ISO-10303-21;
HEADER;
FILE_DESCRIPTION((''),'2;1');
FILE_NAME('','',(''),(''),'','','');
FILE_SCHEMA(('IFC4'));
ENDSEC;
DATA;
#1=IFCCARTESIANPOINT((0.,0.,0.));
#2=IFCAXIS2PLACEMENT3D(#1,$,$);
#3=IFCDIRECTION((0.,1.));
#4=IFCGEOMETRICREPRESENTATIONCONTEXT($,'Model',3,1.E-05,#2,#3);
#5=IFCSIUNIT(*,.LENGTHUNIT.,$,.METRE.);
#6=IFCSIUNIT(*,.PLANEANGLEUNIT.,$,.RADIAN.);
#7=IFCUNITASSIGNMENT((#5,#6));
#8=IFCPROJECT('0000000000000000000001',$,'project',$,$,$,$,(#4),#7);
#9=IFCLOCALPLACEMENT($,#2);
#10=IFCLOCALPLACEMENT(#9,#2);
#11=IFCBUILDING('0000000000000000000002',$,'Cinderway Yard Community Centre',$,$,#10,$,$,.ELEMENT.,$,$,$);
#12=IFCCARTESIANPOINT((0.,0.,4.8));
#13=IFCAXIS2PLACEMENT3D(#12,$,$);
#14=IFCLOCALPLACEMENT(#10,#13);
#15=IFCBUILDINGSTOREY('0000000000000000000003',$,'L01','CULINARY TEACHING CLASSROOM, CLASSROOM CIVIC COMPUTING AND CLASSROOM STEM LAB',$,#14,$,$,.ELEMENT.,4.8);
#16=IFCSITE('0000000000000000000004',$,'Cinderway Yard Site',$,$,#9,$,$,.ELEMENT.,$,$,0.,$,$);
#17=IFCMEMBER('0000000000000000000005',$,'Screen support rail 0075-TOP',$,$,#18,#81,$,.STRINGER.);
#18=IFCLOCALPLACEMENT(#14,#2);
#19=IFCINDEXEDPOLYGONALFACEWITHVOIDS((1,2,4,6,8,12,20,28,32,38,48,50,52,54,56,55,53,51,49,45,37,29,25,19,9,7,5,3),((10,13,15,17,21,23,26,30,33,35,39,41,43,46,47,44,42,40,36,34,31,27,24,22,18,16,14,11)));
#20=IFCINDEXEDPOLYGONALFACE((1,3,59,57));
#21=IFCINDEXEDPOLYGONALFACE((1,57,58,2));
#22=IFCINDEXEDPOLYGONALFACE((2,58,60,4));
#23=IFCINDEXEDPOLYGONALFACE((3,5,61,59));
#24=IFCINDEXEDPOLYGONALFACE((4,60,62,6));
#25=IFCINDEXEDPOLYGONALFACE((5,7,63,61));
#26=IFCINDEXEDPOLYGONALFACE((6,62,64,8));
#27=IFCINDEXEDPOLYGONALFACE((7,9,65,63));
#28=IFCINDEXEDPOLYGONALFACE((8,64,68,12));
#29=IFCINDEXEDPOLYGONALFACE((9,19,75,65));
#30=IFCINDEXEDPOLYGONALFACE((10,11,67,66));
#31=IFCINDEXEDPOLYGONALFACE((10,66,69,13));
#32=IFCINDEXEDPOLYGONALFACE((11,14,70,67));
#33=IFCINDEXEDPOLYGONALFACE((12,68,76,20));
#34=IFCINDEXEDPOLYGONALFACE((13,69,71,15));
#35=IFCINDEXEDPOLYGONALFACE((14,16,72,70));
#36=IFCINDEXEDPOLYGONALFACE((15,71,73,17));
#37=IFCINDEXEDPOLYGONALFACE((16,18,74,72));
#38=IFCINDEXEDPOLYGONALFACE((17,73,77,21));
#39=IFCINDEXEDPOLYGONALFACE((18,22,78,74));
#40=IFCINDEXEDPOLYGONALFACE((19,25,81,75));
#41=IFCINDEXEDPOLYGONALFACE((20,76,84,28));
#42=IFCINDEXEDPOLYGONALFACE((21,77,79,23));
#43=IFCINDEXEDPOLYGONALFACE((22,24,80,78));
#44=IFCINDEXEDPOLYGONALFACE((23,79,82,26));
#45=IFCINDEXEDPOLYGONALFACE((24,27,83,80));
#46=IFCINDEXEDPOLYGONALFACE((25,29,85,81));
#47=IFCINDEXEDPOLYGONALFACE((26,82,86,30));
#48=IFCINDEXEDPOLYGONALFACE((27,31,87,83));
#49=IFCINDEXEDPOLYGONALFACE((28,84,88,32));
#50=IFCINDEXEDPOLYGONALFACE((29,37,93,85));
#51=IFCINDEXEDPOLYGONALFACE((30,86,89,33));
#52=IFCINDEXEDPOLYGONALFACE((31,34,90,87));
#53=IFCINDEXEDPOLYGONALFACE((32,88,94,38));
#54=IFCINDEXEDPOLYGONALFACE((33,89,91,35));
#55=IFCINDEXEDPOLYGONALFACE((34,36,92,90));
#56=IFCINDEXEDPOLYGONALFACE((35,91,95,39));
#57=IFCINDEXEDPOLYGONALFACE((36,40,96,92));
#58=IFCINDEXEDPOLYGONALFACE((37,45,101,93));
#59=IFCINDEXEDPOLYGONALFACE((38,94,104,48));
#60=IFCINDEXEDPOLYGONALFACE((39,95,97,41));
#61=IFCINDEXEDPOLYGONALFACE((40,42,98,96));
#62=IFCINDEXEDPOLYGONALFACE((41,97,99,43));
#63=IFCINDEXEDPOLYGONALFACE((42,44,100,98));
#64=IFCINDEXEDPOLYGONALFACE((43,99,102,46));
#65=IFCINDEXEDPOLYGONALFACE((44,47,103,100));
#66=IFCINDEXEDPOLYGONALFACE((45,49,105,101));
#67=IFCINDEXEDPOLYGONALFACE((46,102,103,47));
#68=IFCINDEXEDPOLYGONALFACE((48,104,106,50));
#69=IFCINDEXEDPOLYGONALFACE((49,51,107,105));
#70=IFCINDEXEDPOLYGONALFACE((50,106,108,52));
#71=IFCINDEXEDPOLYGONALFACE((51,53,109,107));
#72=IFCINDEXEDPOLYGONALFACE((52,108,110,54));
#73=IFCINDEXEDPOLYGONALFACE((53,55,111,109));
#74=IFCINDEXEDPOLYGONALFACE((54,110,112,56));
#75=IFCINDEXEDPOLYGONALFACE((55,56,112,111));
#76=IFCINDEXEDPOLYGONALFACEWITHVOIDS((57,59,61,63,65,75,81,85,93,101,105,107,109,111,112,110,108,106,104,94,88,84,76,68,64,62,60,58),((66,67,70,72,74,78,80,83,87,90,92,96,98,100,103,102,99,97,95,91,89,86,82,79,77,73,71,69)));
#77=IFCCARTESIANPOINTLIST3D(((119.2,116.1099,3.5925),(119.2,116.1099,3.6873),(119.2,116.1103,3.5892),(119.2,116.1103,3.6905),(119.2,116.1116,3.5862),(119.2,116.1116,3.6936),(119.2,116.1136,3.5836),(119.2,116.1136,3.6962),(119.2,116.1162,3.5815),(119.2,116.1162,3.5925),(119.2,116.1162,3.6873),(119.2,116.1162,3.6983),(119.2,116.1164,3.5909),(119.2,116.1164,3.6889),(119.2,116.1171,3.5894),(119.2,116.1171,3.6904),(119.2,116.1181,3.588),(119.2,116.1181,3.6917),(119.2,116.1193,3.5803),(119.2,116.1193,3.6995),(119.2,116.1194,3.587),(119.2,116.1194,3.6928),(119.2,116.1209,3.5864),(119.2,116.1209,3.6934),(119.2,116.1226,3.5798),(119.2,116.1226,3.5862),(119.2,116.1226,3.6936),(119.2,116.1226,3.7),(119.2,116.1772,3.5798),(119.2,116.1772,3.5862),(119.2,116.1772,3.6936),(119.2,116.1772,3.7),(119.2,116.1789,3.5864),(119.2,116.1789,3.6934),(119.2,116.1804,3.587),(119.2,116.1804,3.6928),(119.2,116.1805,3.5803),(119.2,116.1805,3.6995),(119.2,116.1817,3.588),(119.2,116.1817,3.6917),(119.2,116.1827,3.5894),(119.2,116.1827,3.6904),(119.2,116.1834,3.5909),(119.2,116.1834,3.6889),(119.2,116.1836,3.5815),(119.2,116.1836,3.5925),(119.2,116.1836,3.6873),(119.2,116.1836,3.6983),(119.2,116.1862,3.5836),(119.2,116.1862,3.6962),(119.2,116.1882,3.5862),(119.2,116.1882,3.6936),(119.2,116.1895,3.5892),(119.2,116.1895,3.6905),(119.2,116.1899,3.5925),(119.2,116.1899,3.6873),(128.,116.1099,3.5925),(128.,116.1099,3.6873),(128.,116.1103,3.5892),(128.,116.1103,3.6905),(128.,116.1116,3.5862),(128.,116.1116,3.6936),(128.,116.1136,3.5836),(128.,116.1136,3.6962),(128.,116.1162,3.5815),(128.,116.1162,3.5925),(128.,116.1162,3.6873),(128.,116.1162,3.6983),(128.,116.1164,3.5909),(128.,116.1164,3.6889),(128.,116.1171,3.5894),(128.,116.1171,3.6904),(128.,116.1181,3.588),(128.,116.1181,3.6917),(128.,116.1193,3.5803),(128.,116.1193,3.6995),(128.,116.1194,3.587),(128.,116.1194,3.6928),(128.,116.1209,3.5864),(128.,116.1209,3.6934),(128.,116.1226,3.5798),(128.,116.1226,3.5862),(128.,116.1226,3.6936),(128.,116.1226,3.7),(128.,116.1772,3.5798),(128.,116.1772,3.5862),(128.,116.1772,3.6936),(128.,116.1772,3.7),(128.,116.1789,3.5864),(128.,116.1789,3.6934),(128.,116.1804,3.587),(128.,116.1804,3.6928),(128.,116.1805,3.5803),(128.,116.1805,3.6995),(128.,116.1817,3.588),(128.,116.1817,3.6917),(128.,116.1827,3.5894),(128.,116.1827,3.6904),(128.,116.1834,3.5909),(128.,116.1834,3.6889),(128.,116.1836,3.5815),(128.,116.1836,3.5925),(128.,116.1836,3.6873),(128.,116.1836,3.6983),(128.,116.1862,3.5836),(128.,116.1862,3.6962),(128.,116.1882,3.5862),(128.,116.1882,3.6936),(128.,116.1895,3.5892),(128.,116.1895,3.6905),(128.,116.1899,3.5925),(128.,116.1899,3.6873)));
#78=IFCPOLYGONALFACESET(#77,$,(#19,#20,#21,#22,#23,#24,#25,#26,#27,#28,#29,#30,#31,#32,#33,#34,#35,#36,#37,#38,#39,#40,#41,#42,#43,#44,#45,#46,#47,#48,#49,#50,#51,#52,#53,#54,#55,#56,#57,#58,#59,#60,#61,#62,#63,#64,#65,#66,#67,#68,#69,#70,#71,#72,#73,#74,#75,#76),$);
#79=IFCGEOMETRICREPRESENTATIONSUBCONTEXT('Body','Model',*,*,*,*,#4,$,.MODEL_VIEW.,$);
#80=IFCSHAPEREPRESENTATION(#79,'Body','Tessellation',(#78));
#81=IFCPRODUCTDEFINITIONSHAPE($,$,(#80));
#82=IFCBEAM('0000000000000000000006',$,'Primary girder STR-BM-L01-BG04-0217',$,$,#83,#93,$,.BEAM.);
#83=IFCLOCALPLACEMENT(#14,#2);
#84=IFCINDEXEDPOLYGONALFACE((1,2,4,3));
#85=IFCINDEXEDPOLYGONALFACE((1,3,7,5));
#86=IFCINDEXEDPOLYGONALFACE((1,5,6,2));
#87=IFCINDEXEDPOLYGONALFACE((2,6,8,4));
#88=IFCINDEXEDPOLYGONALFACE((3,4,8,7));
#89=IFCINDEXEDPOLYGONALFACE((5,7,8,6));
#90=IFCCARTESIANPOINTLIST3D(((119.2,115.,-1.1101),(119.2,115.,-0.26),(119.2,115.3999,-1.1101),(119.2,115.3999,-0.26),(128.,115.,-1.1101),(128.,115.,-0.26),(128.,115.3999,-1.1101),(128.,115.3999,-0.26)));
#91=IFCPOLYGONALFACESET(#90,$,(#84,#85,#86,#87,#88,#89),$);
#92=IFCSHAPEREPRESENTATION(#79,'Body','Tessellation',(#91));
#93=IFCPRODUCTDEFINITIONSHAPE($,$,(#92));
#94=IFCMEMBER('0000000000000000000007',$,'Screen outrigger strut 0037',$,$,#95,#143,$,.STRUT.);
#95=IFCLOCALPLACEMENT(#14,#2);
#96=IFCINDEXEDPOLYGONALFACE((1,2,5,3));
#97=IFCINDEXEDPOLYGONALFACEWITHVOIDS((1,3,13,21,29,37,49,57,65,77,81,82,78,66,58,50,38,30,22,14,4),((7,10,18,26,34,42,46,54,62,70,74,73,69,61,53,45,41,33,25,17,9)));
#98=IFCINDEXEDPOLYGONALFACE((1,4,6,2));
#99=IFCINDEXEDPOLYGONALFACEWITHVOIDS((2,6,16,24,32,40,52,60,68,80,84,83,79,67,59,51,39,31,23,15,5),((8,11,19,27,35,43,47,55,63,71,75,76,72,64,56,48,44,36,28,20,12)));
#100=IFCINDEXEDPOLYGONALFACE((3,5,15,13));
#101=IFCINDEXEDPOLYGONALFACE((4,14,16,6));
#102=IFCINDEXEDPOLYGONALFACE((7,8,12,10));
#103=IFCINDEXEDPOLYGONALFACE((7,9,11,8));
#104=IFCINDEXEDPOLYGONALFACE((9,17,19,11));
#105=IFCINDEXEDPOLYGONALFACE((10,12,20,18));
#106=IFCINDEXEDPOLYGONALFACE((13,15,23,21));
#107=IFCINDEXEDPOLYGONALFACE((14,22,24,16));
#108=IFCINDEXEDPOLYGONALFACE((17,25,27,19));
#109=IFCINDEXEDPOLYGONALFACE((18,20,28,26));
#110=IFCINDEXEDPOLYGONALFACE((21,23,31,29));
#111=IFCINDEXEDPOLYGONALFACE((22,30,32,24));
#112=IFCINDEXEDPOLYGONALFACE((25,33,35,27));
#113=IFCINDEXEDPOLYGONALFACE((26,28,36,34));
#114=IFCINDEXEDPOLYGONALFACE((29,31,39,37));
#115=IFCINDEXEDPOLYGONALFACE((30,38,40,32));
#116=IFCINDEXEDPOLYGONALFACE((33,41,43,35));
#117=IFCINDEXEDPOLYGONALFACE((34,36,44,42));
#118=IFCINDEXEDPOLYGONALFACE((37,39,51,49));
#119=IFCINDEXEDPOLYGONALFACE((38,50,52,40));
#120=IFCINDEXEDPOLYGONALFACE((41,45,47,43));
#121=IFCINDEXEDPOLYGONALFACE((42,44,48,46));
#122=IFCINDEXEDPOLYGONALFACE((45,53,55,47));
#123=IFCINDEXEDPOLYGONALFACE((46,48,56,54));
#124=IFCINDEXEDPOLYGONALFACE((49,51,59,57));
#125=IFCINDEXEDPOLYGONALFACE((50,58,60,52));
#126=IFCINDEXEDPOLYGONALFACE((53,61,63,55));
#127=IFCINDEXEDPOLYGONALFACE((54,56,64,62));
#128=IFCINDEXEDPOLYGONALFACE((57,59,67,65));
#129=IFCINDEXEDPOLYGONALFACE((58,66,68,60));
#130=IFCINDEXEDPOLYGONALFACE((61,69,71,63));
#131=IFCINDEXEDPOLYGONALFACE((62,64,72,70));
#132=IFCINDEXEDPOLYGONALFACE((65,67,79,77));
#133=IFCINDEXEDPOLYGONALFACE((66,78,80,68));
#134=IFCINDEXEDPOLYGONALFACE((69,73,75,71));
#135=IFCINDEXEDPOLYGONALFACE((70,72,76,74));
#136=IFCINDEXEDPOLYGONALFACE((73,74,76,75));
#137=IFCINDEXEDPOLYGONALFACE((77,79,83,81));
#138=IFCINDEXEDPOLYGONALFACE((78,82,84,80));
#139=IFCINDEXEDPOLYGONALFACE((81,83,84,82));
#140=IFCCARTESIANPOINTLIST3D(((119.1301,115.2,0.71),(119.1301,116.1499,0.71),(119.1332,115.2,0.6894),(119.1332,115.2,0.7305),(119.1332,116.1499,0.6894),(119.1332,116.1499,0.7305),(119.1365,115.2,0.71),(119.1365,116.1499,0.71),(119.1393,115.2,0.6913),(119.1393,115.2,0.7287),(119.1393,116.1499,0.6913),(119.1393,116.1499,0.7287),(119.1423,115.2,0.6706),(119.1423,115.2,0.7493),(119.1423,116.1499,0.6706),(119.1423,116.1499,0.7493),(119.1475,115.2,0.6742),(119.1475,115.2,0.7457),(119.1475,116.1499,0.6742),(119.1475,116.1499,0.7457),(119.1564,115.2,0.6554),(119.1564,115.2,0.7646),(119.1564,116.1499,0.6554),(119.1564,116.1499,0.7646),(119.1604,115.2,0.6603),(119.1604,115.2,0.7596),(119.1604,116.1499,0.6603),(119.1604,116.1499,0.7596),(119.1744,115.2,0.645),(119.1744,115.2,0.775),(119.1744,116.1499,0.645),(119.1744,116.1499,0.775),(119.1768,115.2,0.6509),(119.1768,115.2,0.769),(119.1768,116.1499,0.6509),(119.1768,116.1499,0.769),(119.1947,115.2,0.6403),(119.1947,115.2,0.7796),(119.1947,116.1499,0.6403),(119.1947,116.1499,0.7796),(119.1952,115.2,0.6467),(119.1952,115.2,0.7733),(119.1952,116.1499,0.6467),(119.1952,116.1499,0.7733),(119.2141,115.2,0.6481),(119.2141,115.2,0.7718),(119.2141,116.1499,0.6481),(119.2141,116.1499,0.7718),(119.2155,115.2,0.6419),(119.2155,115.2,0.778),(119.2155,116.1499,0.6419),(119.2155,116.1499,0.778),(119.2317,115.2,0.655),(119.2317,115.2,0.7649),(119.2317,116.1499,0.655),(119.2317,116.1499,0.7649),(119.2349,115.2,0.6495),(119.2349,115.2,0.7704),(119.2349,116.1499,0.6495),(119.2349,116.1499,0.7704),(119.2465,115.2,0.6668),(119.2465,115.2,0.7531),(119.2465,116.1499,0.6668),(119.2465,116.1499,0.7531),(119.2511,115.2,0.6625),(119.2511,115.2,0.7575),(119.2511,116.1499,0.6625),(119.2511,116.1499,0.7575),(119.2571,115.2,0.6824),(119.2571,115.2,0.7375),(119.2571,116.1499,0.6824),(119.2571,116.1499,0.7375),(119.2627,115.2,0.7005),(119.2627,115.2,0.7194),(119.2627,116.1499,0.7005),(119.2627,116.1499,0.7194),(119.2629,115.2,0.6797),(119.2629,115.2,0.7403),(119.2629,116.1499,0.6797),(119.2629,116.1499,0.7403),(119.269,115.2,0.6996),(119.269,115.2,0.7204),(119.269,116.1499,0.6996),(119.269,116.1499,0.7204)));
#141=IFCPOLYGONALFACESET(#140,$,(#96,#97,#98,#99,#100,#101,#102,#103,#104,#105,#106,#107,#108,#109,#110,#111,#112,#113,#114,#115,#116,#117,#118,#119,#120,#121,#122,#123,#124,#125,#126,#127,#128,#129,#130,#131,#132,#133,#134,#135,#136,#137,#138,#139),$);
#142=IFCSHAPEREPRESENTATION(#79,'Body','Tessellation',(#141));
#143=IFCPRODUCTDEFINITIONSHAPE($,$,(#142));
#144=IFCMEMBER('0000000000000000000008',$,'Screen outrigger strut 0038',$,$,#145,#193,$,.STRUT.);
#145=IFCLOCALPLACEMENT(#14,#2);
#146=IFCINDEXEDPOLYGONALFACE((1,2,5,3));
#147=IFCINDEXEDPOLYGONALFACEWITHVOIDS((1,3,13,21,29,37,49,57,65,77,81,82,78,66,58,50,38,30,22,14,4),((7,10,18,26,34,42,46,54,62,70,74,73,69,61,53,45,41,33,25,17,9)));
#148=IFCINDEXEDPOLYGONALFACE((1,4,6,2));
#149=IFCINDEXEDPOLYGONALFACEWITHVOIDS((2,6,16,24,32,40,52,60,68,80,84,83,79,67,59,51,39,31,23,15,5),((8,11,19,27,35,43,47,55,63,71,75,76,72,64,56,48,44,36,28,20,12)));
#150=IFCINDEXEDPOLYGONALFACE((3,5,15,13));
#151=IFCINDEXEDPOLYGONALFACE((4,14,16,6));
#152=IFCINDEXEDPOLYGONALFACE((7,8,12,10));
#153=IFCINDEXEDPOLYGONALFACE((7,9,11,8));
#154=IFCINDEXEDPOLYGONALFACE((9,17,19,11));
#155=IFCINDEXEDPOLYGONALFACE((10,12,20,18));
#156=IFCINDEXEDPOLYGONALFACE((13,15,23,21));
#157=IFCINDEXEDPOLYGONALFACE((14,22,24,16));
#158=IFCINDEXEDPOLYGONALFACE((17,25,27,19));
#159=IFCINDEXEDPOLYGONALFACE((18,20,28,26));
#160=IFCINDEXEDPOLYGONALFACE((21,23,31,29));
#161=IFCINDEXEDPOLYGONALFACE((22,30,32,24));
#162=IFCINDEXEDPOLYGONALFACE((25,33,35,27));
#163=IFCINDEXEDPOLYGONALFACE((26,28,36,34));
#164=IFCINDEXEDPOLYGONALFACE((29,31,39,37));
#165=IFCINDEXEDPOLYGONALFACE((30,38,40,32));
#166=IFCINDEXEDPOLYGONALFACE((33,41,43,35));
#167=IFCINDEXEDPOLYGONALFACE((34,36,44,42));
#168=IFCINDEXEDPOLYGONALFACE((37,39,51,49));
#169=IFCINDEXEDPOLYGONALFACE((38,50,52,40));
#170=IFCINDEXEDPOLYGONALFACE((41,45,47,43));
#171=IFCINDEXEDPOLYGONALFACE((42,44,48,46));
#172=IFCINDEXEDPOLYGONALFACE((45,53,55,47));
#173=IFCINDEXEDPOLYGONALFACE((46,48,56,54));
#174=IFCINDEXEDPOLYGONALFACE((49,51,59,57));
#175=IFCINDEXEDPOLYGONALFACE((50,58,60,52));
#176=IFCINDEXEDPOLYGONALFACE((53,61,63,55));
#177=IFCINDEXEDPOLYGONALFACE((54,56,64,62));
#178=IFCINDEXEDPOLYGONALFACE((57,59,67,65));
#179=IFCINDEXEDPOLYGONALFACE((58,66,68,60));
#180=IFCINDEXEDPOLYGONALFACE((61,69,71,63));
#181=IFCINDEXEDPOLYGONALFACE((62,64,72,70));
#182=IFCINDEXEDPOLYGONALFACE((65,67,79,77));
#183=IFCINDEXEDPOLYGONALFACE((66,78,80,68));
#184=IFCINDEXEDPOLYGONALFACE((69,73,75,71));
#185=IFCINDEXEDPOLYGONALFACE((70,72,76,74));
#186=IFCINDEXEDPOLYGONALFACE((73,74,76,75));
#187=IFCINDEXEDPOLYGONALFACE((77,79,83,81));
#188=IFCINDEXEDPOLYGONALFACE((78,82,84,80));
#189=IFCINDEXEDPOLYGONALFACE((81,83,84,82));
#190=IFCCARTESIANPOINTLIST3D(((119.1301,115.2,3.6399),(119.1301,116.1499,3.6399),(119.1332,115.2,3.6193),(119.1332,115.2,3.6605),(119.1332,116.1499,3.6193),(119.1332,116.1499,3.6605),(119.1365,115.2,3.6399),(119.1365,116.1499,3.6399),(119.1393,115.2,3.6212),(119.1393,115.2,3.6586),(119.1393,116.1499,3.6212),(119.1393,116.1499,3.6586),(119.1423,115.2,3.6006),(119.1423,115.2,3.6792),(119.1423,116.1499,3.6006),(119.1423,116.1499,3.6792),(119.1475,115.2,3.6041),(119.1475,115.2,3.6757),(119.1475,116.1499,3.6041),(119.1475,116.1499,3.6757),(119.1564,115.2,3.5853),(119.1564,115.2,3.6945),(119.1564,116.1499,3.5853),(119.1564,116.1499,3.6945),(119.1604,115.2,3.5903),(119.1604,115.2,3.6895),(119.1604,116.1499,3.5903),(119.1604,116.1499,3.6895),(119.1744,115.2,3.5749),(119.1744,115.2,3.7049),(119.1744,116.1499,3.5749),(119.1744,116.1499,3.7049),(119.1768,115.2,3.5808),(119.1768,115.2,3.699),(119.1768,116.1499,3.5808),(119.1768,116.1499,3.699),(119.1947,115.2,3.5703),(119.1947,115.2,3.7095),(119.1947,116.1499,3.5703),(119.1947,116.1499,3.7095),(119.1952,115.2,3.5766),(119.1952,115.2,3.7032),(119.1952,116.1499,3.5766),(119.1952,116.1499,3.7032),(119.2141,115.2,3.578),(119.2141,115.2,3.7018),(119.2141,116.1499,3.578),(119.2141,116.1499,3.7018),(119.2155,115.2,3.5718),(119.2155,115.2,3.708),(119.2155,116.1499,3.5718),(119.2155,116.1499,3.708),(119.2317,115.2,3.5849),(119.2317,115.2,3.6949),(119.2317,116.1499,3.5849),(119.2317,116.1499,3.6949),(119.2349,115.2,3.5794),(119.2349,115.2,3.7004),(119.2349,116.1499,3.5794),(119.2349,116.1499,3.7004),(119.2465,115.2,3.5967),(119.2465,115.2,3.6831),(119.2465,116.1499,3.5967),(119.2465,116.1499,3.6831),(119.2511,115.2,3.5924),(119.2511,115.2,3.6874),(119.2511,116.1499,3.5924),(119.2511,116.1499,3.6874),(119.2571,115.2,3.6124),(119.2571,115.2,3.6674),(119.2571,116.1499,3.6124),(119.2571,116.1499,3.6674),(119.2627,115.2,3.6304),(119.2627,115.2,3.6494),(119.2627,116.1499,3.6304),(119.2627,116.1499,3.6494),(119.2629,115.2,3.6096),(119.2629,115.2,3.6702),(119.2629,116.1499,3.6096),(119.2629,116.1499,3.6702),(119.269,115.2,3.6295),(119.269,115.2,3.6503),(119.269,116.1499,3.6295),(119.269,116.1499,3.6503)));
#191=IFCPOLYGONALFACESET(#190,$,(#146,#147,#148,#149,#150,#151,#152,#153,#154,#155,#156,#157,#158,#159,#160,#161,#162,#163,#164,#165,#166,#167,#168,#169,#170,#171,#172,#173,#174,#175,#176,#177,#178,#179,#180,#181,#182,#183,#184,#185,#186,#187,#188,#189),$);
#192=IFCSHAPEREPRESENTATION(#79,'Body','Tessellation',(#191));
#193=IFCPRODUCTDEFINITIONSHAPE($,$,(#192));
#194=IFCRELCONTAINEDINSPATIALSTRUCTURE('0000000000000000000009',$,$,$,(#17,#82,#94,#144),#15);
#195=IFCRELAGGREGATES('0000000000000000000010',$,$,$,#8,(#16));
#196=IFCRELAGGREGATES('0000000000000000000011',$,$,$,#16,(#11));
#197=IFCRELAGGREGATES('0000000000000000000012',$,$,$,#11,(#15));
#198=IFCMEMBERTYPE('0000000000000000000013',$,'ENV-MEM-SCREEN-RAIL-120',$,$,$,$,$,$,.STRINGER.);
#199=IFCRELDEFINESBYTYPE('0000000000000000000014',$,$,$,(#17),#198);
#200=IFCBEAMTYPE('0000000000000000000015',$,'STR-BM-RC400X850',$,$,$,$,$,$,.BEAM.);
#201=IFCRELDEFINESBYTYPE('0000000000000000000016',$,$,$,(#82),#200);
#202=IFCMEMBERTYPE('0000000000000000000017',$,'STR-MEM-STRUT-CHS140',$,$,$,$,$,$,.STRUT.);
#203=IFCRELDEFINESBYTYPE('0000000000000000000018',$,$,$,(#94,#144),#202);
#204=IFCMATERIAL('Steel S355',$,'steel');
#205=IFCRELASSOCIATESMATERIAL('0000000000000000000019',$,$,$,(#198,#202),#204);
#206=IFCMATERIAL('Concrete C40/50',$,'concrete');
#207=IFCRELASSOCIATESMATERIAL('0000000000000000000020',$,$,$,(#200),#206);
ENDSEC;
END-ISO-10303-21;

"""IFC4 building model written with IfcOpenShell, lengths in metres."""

from ifc_helpers import new_model, si_unit, direction, frame, origin, origin_2d, place, context, subcontext, project, spatial, rectangle, hollow_rectangle, hollow_circle, extrude, material, material_profile, profile_set, type_object, element, save


model = new_model("IFC4")

# Units and contexts
model_context = context("Model", 3, precision=1e-05, world=origin(), true_north=direction((0.0, 1.0)))
body_context = subcontext(model_context, "Body", "Model", "MODEL_VIEW")
ifc_project = project(units=[si_unit("LENGTHUNIT", "METRE"), si_unit("PLANEANGLEUNIT", "RADIAN")], contexts=[model_context])

# Site, building, storey
site_placement = place(None, origin())
site = spatial("IfcSite", under=ifc_project, at=site_placement, Name="Cinderway Yard Site", CompositionType="ELEMENT", RefElevation=0.0)
building_placement = place(site_placement, origin())
building = spatial("IfcBuilding", under=site, at=building_placement, Name="Cinderway Yard Community Centre", CompositionType="ELEMENT")
storey_placement = place(building_placement, frame((0.0, 0.0, 4.8)))
storey = spatial("IfcBuildingStorey", under=building, at=storey_placement, Name="L01", Description="CULINARY TEACHING CLASSROOM, CLASSROOM CIVIC COMPUTING AND CLASSROOM STEM LAB", CompositionType="ELEMENT", Elevation=4.8)

# Shared definitions
ifc_material_1 = material(Name="Concrete C40/50", Category="concrete")

# Member
ifc_material_2 = material(Name="Steel S355", Category="steel")
ifc_material_profile_1 = material_profile(ifc_material_2, hollow_rectangle(XDim=0.0801, YDim=0.1201, WallThickness=0.0063, InnerFilletRadius=0.0063, OuterFilletRadius=0.0127, at=origin_2d()), Name="Steel S355")
ifc_profile_set_1 = profile_set([ifc_material_profile_1], Name="Steel S355")
member_type_1 = type_object("IfcMemberType", Name="ENV-MEM-SCREEN-RAIL-120", PredefinedType="STRINGER", material=ifc_profile_set_1)
for number, where, z_axis, x_axis, name in (
    (1, (119.2, 116.1499, 3.6399), (1.0, 0.0, 0.0), (0.0, 1.0, 0.0), "Screen support rail 0075-TOP"),
):
    element("IfcMember", number, at=place(storey_placement, frame(where, z_axis=z_axis, x_axis=x_axis)), inside=storey, type_object=member_type_1, Name=name, PredefinedType="STRINGER", context=body_context, shape_type="SweptSolid", body=[
        extrude(hollow_rectangle(XDim=0.0801, YDim=0.1201, WallThickness=0.0063, InnerFilletRadius=0.0063, OuterFilletRadius=0.0127, at=origin_2d()), origin(), (0.0, 0.0, 1.0), 8.8),
    ])

# Beam
ifc_material_profile_2 = material_profile(ifc_material_1, rectangle(XDim=0.3999, YDim=0.8501, at=origin_2d()), Name="Concrete C40/50")
ifc_profile_set_2 = profile_set([ifc_material_profile_2], Name="Concrete C40/50")
beam_type = type_object("IfcBeamType", Name="STR-BM-RC400X850", PredefinedType="BEAM", material=ifc_profile_set_2)
beam_placement = place(storey_placement, frame((119.2, 115.2, -0.6851), z_axis=(1.0, 0.0, 0.0), x_axis=(0.0, 1.0, 0.0)))
element("IfcBeam", 2, at=beam_placement, inside=storey, type_object=beam_type, Name="Primary girder STR-BM-L01-BG04-0217", PredefinedType="BEAM", context=body_context, shape_type="SweptSolid", body=[
    extrude(rectangle(XDim=0.3999, YDim=0.8501, at=origin_2d()), origin(), (0.0, 0.0, 1.0), 8.8),
])

# Members
ifc_material_profile_3 = material_profile(ifc_material_2, hollow_circle(Radius=0.0698, WallThickness=0.0063, at=origin_2d()), Name="Steel S355")
ifc_profile_set_3 = profile_set([ifc_material_profile_3], Name="Steel S355")
member_type_2 = type_object("IfcMemberType", Name="STR-MEM-STRUT-CHS140", PredefinedType="STRUT", material=ifc_profile_set_3)
for number, where, z_axis, x_axis, name in (
    (3, (119.2, 115.2, 0.71), (0.0, 1.0, 0.0), (-1.0, 0.0, 0.0), "Screen outrigger strut 0037"),
    (4, (119.2, 115.2, 3.6399), (0.0, 1.0, 0.0), (-1.0, 0.0, 0.0), "Screen outrigger strut 0038"),
):
    element("IfcMember", number, at=place(storey_placement, frame(where, z_axis=z_axis, x_axis=x_axis)), inside=storey, type_object=member_type_2, Name=name, PredefinedType="STRUT", context=body_context, shape_type="SweptSolid", body=[
        extrude(hollow_circle(Radius=0.0698, WallThickness=0.0063, at=origin_2d()), origin(), (0.0, 0.0, 1.0), 0.95),
    ])

save(model, "model.ifc")
